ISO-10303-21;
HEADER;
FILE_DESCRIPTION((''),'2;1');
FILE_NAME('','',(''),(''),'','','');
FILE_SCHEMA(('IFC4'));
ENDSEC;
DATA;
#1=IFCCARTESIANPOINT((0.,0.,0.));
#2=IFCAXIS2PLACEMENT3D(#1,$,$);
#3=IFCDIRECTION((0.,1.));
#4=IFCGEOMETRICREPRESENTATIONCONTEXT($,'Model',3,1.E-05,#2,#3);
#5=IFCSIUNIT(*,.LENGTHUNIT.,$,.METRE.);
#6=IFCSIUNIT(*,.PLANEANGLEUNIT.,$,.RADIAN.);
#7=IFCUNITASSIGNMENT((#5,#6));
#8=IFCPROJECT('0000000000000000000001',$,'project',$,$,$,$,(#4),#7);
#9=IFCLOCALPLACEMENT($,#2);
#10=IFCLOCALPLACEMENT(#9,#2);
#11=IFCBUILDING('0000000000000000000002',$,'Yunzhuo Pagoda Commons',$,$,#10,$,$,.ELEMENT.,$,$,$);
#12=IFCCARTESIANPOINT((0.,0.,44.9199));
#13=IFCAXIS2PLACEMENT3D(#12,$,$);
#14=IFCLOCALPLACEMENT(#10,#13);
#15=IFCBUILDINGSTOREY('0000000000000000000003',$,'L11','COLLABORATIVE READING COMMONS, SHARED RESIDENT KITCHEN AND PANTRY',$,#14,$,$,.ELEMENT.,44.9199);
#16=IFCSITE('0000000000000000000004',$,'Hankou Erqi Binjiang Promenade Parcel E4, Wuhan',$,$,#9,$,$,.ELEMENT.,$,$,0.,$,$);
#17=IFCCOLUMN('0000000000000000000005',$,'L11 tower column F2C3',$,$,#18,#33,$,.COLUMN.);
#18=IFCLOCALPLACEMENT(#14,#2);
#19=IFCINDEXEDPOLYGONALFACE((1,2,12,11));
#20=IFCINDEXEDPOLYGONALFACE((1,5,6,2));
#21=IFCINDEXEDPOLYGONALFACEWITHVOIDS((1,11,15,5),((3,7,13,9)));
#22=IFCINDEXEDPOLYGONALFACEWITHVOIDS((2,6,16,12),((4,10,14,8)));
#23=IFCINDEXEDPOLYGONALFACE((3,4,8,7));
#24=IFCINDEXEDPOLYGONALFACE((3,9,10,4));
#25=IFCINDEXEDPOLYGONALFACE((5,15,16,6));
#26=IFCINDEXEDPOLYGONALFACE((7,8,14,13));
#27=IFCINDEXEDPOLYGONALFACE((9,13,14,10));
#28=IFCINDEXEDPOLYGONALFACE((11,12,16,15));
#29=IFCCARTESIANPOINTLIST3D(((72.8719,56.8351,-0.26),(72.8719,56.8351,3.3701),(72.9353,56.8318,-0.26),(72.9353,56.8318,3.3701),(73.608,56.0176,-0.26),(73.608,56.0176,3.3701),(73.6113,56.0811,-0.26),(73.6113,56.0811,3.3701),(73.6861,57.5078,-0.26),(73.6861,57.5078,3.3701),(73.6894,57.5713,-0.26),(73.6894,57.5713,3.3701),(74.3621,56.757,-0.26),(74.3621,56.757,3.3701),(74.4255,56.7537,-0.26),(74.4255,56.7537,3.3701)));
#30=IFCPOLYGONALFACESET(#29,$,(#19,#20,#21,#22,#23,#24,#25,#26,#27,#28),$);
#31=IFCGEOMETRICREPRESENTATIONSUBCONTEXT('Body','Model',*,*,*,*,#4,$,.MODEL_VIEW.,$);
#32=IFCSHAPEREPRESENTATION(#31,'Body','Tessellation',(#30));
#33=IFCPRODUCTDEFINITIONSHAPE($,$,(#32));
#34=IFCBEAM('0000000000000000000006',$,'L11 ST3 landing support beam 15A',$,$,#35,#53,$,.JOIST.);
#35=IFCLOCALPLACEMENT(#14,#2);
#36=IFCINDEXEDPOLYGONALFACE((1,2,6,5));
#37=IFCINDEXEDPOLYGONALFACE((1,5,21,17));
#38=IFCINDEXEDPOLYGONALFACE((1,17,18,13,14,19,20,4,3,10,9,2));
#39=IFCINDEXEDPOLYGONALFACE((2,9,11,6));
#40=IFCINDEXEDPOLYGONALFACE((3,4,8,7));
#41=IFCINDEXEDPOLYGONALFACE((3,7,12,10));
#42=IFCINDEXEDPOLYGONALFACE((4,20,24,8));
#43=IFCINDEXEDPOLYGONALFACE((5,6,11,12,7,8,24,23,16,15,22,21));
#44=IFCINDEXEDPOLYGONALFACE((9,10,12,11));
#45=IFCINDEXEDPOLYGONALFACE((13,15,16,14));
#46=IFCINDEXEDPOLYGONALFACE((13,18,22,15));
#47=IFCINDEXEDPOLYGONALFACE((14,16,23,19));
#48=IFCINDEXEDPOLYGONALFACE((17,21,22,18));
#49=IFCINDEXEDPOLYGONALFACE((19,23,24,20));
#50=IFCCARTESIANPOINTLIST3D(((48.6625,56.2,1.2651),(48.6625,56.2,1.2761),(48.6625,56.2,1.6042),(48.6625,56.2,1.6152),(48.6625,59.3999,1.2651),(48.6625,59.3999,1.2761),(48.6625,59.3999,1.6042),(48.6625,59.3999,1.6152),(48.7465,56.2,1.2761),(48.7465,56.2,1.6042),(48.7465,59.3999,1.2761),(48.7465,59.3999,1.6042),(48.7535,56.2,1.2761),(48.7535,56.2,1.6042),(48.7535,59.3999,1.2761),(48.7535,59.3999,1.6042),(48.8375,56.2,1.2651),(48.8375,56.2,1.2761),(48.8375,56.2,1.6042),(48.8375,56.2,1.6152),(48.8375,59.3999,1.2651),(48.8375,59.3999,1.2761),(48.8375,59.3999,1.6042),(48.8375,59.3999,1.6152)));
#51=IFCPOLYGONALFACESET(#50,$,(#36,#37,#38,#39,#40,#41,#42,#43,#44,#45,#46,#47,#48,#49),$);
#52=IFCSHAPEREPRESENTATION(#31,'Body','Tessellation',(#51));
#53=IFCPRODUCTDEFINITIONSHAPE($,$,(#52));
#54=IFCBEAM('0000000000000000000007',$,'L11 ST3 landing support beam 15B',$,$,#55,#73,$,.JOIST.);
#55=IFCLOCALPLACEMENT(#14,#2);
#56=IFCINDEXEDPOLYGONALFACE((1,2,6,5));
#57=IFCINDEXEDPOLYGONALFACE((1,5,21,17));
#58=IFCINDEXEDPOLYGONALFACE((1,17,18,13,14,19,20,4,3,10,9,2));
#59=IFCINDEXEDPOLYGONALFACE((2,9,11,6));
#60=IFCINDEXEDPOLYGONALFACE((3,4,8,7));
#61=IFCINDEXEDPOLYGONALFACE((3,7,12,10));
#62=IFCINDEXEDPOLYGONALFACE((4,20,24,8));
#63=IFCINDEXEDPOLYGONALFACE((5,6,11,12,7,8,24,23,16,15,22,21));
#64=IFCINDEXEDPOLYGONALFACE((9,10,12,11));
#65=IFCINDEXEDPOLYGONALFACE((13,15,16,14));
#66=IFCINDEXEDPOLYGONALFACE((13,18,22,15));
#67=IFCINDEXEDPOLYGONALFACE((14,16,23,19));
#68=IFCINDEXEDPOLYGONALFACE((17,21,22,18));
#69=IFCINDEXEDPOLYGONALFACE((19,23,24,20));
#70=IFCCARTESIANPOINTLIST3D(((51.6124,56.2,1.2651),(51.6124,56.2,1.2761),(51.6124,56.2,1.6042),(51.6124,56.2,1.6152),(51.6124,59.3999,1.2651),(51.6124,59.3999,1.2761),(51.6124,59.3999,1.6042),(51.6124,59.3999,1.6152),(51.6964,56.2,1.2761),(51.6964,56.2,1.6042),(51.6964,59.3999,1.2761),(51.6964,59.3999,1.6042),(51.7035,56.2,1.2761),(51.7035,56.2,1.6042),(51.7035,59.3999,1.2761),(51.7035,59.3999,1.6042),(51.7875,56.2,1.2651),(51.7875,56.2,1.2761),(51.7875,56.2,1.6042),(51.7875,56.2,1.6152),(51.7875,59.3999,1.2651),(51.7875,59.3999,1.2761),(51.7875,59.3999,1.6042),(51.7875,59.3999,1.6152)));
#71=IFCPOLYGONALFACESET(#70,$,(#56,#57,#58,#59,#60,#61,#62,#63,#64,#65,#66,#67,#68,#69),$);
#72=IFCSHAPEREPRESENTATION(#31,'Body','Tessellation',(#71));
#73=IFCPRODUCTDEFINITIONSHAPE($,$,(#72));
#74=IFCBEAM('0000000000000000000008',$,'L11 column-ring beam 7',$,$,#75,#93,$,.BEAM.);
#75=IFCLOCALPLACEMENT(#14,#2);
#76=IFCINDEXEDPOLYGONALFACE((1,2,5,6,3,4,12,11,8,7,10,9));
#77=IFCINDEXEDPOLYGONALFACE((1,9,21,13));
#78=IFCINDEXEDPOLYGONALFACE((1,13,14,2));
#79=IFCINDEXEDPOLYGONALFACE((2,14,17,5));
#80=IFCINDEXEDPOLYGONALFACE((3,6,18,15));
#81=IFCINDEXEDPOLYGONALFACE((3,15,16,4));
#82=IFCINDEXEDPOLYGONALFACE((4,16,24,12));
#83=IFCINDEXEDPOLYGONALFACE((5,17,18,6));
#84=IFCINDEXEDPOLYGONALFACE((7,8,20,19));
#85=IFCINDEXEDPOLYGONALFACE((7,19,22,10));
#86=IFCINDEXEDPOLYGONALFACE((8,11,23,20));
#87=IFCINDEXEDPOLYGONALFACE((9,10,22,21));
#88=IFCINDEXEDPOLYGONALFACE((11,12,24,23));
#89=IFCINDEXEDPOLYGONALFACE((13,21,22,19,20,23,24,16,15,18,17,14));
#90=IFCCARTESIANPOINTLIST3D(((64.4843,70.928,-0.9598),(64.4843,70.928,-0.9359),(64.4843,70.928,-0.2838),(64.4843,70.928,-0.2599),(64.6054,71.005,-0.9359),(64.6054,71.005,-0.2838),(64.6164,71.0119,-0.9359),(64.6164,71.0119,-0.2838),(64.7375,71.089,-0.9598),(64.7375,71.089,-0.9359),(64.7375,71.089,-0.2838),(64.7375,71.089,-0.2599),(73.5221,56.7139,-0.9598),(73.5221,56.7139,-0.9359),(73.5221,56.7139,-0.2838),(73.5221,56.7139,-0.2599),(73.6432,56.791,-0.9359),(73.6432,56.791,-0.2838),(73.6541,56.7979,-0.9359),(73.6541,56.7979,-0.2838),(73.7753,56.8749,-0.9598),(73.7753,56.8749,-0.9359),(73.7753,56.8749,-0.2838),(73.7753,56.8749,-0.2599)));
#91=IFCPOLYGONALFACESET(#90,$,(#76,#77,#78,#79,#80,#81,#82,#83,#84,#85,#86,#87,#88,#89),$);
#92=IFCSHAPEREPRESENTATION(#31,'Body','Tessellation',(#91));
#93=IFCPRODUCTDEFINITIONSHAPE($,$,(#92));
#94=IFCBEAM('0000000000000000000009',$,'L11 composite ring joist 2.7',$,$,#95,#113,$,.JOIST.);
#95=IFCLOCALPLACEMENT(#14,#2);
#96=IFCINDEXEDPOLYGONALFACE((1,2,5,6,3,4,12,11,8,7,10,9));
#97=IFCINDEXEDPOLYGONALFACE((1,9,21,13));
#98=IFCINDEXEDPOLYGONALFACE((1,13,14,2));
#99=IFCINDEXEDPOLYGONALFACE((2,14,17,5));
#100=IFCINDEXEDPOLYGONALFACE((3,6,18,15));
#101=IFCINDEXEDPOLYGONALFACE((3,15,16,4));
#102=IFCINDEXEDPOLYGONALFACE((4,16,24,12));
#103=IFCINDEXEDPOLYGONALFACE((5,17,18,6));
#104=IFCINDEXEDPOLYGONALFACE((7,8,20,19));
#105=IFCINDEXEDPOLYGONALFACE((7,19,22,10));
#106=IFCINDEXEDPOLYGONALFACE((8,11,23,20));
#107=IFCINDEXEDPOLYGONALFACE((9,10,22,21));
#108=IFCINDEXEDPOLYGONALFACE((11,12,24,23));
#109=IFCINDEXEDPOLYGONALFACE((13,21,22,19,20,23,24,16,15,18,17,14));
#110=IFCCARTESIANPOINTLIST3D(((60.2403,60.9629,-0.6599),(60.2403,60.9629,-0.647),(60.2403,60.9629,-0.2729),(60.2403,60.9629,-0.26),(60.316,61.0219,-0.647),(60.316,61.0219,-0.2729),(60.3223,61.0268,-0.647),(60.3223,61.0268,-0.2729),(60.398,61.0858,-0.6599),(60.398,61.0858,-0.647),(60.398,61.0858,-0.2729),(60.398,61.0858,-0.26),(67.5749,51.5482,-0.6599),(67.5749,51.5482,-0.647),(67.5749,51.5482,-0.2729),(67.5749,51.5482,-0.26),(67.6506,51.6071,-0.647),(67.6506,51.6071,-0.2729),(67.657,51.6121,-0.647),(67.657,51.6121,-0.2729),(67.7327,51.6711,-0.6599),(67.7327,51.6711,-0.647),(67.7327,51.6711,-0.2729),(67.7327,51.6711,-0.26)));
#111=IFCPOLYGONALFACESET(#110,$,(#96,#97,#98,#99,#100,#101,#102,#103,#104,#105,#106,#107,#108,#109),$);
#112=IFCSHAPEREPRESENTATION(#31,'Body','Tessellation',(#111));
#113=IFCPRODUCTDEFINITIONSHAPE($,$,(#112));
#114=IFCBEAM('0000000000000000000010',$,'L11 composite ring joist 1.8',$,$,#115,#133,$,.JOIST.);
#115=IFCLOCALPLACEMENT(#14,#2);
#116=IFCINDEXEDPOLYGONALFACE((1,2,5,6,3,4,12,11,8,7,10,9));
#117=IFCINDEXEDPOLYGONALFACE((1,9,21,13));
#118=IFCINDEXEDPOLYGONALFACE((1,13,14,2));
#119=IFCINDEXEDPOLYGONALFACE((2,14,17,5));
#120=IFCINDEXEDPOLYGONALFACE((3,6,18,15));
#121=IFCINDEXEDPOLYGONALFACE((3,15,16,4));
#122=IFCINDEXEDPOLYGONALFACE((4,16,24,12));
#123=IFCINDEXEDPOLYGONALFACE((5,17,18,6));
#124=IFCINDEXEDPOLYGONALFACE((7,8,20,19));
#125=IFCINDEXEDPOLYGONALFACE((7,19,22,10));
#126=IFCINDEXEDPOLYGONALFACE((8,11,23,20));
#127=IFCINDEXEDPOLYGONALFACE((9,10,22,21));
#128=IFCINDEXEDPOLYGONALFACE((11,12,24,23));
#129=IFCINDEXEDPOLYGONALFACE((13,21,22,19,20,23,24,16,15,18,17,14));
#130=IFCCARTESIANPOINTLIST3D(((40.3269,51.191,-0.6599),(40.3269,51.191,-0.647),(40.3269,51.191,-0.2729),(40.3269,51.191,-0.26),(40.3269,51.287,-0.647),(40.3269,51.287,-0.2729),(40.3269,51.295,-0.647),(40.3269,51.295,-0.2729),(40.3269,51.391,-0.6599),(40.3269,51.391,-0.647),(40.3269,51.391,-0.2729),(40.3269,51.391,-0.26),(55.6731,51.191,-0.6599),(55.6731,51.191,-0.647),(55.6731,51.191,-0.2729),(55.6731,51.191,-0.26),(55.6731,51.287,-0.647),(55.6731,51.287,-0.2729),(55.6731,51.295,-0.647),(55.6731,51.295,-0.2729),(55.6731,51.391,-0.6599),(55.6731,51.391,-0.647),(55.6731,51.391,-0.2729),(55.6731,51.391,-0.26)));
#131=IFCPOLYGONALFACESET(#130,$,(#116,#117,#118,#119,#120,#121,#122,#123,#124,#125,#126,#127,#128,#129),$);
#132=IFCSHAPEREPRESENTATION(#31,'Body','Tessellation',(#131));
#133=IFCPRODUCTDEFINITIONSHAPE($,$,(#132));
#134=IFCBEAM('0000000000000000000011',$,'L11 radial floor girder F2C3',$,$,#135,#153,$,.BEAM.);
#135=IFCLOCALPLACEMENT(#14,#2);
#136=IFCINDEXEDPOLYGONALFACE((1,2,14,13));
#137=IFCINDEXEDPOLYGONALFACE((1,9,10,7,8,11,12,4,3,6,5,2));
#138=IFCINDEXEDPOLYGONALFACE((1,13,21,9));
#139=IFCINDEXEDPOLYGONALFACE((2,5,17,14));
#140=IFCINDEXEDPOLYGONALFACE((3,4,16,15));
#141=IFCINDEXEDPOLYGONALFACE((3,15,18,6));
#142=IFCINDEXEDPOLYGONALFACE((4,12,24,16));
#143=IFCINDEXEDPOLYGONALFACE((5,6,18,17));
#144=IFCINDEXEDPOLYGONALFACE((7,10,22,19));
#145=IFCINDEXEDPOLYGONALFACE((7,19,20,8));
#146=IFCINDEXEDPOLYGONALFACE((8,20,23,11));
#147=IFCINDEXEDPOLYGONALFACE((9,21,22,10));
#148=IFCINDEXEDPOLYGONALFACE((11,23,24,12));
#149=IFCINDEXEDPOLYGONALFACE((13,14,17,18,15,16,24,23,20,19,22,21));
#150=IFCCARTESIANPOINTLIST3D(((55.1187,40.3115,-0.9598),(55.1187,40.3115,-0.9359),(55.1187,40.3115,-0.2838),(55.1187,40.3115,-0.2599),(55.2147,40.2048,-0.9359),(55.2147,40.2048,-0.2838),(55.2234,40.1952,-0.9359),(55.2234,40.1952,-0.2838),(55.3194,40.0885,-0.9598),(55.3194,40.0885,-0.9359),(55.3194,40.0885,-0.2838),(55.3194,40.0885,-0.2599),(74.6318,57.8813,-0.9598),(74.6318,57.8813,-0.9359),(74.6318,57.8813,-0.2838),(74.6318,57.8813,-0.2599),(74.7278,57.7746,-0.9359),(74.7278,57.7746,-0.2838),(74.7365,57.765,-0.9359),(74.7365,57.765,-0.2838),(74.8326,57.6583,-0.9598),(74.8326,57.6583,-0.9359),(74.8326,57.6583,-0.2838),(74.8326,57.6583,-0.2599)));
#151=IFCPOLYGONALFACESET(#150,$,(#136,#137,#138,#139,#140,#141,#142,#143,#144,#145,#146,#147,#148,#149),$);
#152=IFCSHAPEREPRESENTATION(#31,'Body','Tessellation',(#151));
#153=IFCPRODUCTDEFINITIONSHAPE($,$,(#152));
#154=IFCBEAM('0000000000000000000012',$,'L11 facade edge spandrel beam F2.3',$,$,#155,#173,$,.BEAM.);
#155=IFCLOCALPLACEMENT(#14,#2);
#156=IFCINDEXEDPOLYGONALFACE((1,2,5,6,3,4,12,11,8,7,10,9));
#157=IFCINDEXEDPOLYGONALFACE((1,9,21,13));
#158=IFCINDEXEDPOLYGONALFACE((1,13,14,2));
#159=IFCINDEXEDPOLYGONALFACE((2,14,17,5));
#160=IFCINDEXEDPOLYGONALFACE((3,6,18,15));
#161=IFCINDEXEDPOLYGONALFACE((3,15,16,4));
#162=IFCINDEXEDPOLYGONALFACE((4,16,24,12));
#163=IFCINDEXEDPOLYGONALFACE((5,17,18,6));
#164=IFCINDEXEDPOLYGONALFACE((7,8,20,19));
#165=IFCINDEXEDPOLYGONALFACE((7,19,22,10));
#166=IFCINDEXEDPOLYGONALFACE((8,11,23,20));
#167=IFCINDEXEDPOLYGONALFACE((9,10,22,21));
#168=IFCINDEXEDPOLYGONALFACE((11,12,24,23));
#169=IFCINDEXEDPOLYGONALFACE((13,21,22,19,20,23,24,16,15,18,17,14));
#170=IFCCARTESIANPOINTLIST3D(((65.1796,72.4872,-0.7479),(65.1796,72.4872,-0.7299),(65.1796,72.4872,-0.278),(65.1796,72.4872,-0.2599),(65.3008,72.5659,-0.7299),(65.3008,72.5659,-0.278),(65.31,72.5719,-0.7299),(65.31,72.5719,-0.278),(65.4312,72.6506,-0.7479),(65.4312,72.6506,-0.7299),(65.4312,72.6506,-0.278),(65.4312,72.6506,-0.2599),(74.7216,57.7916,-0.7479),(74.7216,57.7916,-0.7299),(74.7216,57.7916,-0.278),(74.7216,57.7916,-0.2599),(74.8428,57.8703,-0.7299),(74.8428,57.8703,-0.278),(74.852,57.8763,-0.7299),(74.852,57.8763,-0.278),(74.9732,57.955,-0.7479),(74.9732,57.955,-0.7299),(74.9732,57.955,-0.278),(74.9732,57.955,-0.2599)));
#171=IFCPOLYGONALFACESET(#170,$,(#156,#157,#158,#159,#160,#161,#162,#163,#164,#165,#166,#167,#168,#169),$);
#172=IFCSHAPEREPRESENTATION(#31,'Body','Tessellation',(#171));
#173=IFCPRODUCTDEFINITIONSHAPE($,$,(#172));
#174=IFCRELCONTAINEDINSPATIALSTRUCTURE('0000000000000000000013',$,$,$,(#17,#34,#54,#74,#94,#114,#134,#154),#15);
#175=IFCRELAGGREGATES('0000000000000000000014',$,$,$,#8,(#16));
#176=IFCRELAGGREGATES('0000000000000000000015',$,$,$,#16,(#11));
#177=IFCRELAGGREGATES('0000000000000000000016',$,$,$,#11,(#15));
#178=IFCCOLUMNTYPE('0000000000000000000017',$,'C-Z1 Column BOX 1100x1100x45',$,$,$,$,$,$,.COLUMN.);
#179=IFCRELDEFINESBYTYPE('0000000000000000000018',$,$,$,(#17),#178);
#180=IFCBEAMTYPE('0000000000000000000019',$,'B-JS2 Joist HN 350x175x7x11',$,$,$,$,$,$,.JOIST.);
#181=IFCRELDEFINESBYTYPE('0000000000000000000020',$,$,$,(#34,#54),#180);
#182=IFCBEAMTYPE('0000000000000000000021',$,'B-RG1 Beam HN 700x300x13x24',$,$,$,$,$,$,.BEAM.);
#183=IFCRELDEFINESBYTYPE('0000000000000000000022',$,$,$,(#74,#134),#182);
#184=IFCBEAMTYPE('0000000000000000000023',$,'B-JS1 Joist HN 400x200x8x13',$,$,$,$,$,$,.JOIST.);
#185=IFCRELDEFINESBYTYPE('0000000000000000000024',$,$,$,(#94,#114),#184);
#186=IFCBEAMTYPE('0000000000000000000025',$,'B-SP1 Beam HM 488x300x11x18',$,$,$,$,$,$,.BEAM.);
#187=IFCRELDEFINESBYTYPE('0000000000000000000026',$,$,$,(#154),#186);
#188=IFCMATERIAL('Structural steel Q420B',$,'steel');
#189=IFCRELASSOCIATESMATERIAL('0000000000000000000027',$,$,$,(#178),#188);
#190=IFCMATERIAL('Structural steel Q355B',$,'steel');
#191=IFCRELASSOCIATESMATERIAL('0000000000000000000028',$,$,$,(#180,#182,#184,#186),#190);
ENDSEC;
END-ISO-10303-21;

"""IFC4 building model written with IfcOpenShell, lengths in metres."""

from ifc_helpers import new_model, si_unit, direction, frame, origin, origin_2d, place, context, subcontext, project, spatial, hollow_rectangle, i_section, extrude, source, transform, mapped, material, material_profile, profile_set, type_object, element, save


model = new_model("IFC4")

# Units and contexts
model_context = context("Model", 3, precision=1e-05, world=origin(), true_north=direction((0.0, 1.0)))
body_context = subcontext(model_context, "Body", "Model", "MODEL_VIEW")
ifc_project = project(units=[si_unit("LENGTHUNIT", "METRE"), si_unit("PLANEANGLEUNIT", "RADIAN")], contexts=[model_context])

# Site, building, storey
site_placement = place(None, origin())
site = spatial("IfcSite", under=ifc_project, at=site_placement, Name="Hankou Erqi Binjiang Promenade Parcel E4, Wuhan", CompositionType="ELEMENT", RefElevation=0.0)
building_placement = place(site_placement, origin())
building = spatial("IfcBuilding", under=site, at=building_placement, Name="Yunzhuo Pagoda Commons", CompositionType="ELEMENT")
storey_placement = place(building_placement, frame((0.0, 0.0, 44.9199)))
storey = spatial("IfcBuildingStorey", under=building, at=storey_placement, Name="L11", Description="COLLABORATIVE READING COMMONS, SHARED RESIDENT KITCHEN AND PANTRY", CompositionType="ELEMENT", Elevation=44.9199)

# Column
ifc_material_1 = material(Name="Structural steel Q420B", Category="steel")
ifc_material_profile_1 = material_profile(ifc_material_1, hollow_rectangle(XDim=1.1001, YDim=1.1001, WallThickness=0.0449, at=origin_2d()), Name="Structural steel Q420B")
ifc_profile_set_1 = profile_set([ifc_material_profile_1], Name="Structural steel Q420B")
column_type = type_object("IfcColumnType", Name="C-Z1 Column BOX 1100x1100x45", PredefinedType="COLUMN", material=ifc_profile_set_1)
shared_shape_1 = source(origin(), body_context, "Body", "SweptSolid", [
    extrude(hollow_rectangle(XDim=1.1001, YDim=1.1001, WallThickness=0.0449, at=origin_2d()), origin(), (0.0, 0.0, 1.0), 3.6301),
])
column_placement = place(storey_placement, frame((73.6487, 56.7944, -0.26), z_axis=(0.0, 0.0, 1.0), x_axis=(-0.669131, 0.743145, 0.0)))
element("IfcColumn", 1, at=column_placement, inside=storey, type_object=column_type, Name="L11 tower column F2C3", PredefinedType="COLUMN", context=body_context, shape_type="MappedRepresentation", body=[
    mapped(shared_shape_1, transform((0.0, 0.0, 0.0), scale=1.0)),
])

# Beams
ifc_material_2 = material(Name="Structural steel Q355B", Category="steel")
ifc_material_profile_2 = material_profile(ifc_material_2, i_section(OverallWidth=0.175, OverallDepth=0.3501, WebThickness=0.0071, FlangeThickness=0.011, at=origin_2d()), Name="Structural steel Q355B")
ifc_profile_set_2 = profile_set([ifc_material_profile_2], Name="Structural steel Q355B")
beam_type_1 = type_object("IfcBeamType", Name="B-JS2 Joist HN 350x175x7x11", PredefinedType="JOIST", material=ifc_profile_set_2)
shared_shape_2 = source(origin(), body_context, "Body", "SweptSolid", [
    extrude(i_section(OverallWidth=0.175, OverallDepth=0.3501, WebThickness=0.0071, FlangeThickness=0.011, at=origin_2d()), origin(), (0.0, 0.0, 1.0), 3.2),
])
for number, where, z_axis, x_axis, name in (
    (2, (48.75, 56.2, 1.4402), (0.0, 1.0, 0.0), (-1.0, 0.0, 0.0), "L11 ST3 landing support beam 15A"),
    (3, (51.7, 56.2, 1.4402), (0.0, 1.0, 0.0), (-1.0, 0.0, 0.0), "L11 ST3 landing support beam 15B"),
):
    element("IfcBeam", number, at=place(storey_placement, frame(where, z_axis=z_axis, x_axis=x_axis)), inside=storey, type_object=beam_type_1, Name=name, PredefinedType="JOIST", context=body_context, shape_type="MappedRepresentation", body=[
        mapped(shared_shape_2, transform((0.0, 0.0, 0.0), scale=1.0)),
    ])
ifc_material_profile_3 = material_profile(ifc_material_2, i_section(OverallWidth=0.3, OverallDepth=0.7, WebThickness=0.0129, FlangeThickness=0.0239, at=origin_2d()), Name="Structural steel Q355B")
ifc_profile_set_3 = profile_set([ifc_material_profile_3], Name="Structural steel Q355B")
beam_type_2 = type_object("IfcBeamType", Name="B-RG1 Beam HN 700x300x13x24", PredefinedType="BEAM", material=ifc_profile_set_3)
shared_shape_3 = source(origin(), body_context, "Body", "SweptSolid", [
    extrude(i_section(OverallWidth=0.3, OverallDepth=0.7, WebThickness=0.0129, FlangeThickness=0.0239, at=origin_2d()), origin(), (0.0, 0.0, 1.0), 16.844),
])
beam_1_placement = place(storey_placement, frame((73.6487, 56.7944, -0.6099), z_axis=(-0.536558, 0.843863, 0.0), x_axis=(-0.843863, -0.536558, 0.0)))
element("IfcBeam", 4, at=beam_1_placement, inside=storey, type_object=beam_type_2, Name="L11 column-ring beam 7", PredefinedType="BEAM", context=body_context, shape_type="MappedRepresentation", body=[
    mapped(shared_shape_3, transform((0.0, 0.0, 0.0), scale=1.0)),
])
ifc_material_profile_4 = material_profile(ifc_material_2, i_section(OverallWidth=0.2, OverallDepth=0.3999, WebThickness=0.0081, FlangeThickness=0.0129, at=origin_2d()), Name="Structural steel Q355B")
ifc_profile_set_4 = profile_set([ifc_material_profile_4], Name="Structural steel Q355B")
beam_type_3 = type_object("IfcBeamType", Name="B-JS1 Joist HN 400x200x8x13", PredefinedType="JOIST", material=ifc_profile_set_4)
shared_shape_4 = source(origin(), body_context, "Body", "SweptSolid", [
    extrude(i_section(OverallWidth=0.2, OverallDepth=0.3999, WebThickness=0.0081, FlangeThickness=0.0129, at=origin_2d()), origin(), (0.0, 0.0, 1.0), 11.9346),
])
beam_2_placement = place(storey_placement, frame((67.6538, 51.6096, -0.46), z_axis=(-0.614572, 0.788861, 0.0), x_axis=(-0.788861, -0.614572, 0.0)))
element("IfcBeam", 5, at=beam_2_placement, inside=storey, type_object=beam_type_3, Name="L11 composite ring joist 2.7", PredefinedType="JOIST", context=body_context, shape_type="MappedRepresentation", body=[
    mapped(shared_shape_4, transform((0.0, 0.0, 0.0), scale=1.0)),
])
shared_shape_5 = source(origin(), body_context, "Body", "SweptSolid", [
    extrude(i_section(OverallWidth=0.2, OverallDepth=0.3999, WebThickness=0.0081, FlangeThickness=0.0129, at=origin_2d()), origin(), (0.0, 0.0, 1.0), 15.3462),
])
beam_3_placement = place(storey_placement, frame((55.6731, 51.291, -0.46), z_axis=(-1.0, 0.0, 0.0), x_axis=(0.0, -1.0, 0.0)))
element("IfcBeam", 6, at=beam_3_placement, inside=storey, type_object=beam_type_3, Name="L11 composite ring joist 1.8", PredefinedType="JOIST", context=body_context, shape_type="MappedRepresentation", body=[
    mapped(shared_shape_5, transform((0.0, 0.0, 0.0), scale=1.0)),
])
shared_shape_6 = source(origin(), body_context, "Body", "SweptSolid", [
    extrude(i_section(OverallWidth=0.3, OverallDepth=0.7, WebThickness=0.0129, FlangeThickness=0.0239, at=origin_2d()), origin(), (0.0, 0.0, 1.0), 26.2576),
])
beam_4_placement = place(storey_placement, frame((74.7322, 57.7698, -0.6099), z_axis=(-0.743143, -0.669132, 0.0), x_axis=(0.669132, -0.743143, 0.0)))
element("IfcBeam", 7, at=beam_4_placement, inside=storey, type_object=beam_type_2, Name="L11 radial floor girder F2C3", PredefinedType="BEAM", context=body_context, shape_type="MappedRepresentation", body=[
    mapped(shared_shape_6, transform((0.0, 0.0, 0.0), scale=1.0)),
])
ifc_material_profile_5 = material_profile(ifc_material_2, i_section(OverallWidth=0.3, OverallDepth=0.488, WebThickness=0.011, FlangeThickness=0.0181, at=origin_2d()), Name="Structural steel Q355B")
ifc_profile_set_5 = profile_set([ifc_material_profile_5], Name="Structural steel Q355B")
beam_type_4 = type_object("IfcBeamType", Name="B-SP1 Beam HM 488x300x11x18", PredefinedType="BEAM", material=ifc_profile_set_5)
shared_shape_7 = source(origin(), body_context, "Body", "SweptSolid", [
    extrude(i_section(OverallWidth=0.3, OverallDepth=0.488, WebThickness=0.011, FlangeThickness=0.0181, at=origin_2d()), origin(), (0.0, 0.0, 1.0), 17.5217),
])
beam_5_placement = place(storey_placement, frame((74.8474, 57.8733, -0.5039), z_axis=(-0.544582, 0.838707, 0.0), x_axis=(-0.838707, -0.544582, 0.0)))
element("IfcBeam", 8, at=beam_5_placement, inside=storey, type_object=beam_type_4, Name="L11 facade edge spandrel beam F2.3", PredefinedType="BEAM", context=body_context, shape_type="MappedRepresentation", body=[
    mapped(shared_shape_7, transform((0.0, 0.0, 0.0), scale=1.0)),
])

save(model, "model.ifc")
